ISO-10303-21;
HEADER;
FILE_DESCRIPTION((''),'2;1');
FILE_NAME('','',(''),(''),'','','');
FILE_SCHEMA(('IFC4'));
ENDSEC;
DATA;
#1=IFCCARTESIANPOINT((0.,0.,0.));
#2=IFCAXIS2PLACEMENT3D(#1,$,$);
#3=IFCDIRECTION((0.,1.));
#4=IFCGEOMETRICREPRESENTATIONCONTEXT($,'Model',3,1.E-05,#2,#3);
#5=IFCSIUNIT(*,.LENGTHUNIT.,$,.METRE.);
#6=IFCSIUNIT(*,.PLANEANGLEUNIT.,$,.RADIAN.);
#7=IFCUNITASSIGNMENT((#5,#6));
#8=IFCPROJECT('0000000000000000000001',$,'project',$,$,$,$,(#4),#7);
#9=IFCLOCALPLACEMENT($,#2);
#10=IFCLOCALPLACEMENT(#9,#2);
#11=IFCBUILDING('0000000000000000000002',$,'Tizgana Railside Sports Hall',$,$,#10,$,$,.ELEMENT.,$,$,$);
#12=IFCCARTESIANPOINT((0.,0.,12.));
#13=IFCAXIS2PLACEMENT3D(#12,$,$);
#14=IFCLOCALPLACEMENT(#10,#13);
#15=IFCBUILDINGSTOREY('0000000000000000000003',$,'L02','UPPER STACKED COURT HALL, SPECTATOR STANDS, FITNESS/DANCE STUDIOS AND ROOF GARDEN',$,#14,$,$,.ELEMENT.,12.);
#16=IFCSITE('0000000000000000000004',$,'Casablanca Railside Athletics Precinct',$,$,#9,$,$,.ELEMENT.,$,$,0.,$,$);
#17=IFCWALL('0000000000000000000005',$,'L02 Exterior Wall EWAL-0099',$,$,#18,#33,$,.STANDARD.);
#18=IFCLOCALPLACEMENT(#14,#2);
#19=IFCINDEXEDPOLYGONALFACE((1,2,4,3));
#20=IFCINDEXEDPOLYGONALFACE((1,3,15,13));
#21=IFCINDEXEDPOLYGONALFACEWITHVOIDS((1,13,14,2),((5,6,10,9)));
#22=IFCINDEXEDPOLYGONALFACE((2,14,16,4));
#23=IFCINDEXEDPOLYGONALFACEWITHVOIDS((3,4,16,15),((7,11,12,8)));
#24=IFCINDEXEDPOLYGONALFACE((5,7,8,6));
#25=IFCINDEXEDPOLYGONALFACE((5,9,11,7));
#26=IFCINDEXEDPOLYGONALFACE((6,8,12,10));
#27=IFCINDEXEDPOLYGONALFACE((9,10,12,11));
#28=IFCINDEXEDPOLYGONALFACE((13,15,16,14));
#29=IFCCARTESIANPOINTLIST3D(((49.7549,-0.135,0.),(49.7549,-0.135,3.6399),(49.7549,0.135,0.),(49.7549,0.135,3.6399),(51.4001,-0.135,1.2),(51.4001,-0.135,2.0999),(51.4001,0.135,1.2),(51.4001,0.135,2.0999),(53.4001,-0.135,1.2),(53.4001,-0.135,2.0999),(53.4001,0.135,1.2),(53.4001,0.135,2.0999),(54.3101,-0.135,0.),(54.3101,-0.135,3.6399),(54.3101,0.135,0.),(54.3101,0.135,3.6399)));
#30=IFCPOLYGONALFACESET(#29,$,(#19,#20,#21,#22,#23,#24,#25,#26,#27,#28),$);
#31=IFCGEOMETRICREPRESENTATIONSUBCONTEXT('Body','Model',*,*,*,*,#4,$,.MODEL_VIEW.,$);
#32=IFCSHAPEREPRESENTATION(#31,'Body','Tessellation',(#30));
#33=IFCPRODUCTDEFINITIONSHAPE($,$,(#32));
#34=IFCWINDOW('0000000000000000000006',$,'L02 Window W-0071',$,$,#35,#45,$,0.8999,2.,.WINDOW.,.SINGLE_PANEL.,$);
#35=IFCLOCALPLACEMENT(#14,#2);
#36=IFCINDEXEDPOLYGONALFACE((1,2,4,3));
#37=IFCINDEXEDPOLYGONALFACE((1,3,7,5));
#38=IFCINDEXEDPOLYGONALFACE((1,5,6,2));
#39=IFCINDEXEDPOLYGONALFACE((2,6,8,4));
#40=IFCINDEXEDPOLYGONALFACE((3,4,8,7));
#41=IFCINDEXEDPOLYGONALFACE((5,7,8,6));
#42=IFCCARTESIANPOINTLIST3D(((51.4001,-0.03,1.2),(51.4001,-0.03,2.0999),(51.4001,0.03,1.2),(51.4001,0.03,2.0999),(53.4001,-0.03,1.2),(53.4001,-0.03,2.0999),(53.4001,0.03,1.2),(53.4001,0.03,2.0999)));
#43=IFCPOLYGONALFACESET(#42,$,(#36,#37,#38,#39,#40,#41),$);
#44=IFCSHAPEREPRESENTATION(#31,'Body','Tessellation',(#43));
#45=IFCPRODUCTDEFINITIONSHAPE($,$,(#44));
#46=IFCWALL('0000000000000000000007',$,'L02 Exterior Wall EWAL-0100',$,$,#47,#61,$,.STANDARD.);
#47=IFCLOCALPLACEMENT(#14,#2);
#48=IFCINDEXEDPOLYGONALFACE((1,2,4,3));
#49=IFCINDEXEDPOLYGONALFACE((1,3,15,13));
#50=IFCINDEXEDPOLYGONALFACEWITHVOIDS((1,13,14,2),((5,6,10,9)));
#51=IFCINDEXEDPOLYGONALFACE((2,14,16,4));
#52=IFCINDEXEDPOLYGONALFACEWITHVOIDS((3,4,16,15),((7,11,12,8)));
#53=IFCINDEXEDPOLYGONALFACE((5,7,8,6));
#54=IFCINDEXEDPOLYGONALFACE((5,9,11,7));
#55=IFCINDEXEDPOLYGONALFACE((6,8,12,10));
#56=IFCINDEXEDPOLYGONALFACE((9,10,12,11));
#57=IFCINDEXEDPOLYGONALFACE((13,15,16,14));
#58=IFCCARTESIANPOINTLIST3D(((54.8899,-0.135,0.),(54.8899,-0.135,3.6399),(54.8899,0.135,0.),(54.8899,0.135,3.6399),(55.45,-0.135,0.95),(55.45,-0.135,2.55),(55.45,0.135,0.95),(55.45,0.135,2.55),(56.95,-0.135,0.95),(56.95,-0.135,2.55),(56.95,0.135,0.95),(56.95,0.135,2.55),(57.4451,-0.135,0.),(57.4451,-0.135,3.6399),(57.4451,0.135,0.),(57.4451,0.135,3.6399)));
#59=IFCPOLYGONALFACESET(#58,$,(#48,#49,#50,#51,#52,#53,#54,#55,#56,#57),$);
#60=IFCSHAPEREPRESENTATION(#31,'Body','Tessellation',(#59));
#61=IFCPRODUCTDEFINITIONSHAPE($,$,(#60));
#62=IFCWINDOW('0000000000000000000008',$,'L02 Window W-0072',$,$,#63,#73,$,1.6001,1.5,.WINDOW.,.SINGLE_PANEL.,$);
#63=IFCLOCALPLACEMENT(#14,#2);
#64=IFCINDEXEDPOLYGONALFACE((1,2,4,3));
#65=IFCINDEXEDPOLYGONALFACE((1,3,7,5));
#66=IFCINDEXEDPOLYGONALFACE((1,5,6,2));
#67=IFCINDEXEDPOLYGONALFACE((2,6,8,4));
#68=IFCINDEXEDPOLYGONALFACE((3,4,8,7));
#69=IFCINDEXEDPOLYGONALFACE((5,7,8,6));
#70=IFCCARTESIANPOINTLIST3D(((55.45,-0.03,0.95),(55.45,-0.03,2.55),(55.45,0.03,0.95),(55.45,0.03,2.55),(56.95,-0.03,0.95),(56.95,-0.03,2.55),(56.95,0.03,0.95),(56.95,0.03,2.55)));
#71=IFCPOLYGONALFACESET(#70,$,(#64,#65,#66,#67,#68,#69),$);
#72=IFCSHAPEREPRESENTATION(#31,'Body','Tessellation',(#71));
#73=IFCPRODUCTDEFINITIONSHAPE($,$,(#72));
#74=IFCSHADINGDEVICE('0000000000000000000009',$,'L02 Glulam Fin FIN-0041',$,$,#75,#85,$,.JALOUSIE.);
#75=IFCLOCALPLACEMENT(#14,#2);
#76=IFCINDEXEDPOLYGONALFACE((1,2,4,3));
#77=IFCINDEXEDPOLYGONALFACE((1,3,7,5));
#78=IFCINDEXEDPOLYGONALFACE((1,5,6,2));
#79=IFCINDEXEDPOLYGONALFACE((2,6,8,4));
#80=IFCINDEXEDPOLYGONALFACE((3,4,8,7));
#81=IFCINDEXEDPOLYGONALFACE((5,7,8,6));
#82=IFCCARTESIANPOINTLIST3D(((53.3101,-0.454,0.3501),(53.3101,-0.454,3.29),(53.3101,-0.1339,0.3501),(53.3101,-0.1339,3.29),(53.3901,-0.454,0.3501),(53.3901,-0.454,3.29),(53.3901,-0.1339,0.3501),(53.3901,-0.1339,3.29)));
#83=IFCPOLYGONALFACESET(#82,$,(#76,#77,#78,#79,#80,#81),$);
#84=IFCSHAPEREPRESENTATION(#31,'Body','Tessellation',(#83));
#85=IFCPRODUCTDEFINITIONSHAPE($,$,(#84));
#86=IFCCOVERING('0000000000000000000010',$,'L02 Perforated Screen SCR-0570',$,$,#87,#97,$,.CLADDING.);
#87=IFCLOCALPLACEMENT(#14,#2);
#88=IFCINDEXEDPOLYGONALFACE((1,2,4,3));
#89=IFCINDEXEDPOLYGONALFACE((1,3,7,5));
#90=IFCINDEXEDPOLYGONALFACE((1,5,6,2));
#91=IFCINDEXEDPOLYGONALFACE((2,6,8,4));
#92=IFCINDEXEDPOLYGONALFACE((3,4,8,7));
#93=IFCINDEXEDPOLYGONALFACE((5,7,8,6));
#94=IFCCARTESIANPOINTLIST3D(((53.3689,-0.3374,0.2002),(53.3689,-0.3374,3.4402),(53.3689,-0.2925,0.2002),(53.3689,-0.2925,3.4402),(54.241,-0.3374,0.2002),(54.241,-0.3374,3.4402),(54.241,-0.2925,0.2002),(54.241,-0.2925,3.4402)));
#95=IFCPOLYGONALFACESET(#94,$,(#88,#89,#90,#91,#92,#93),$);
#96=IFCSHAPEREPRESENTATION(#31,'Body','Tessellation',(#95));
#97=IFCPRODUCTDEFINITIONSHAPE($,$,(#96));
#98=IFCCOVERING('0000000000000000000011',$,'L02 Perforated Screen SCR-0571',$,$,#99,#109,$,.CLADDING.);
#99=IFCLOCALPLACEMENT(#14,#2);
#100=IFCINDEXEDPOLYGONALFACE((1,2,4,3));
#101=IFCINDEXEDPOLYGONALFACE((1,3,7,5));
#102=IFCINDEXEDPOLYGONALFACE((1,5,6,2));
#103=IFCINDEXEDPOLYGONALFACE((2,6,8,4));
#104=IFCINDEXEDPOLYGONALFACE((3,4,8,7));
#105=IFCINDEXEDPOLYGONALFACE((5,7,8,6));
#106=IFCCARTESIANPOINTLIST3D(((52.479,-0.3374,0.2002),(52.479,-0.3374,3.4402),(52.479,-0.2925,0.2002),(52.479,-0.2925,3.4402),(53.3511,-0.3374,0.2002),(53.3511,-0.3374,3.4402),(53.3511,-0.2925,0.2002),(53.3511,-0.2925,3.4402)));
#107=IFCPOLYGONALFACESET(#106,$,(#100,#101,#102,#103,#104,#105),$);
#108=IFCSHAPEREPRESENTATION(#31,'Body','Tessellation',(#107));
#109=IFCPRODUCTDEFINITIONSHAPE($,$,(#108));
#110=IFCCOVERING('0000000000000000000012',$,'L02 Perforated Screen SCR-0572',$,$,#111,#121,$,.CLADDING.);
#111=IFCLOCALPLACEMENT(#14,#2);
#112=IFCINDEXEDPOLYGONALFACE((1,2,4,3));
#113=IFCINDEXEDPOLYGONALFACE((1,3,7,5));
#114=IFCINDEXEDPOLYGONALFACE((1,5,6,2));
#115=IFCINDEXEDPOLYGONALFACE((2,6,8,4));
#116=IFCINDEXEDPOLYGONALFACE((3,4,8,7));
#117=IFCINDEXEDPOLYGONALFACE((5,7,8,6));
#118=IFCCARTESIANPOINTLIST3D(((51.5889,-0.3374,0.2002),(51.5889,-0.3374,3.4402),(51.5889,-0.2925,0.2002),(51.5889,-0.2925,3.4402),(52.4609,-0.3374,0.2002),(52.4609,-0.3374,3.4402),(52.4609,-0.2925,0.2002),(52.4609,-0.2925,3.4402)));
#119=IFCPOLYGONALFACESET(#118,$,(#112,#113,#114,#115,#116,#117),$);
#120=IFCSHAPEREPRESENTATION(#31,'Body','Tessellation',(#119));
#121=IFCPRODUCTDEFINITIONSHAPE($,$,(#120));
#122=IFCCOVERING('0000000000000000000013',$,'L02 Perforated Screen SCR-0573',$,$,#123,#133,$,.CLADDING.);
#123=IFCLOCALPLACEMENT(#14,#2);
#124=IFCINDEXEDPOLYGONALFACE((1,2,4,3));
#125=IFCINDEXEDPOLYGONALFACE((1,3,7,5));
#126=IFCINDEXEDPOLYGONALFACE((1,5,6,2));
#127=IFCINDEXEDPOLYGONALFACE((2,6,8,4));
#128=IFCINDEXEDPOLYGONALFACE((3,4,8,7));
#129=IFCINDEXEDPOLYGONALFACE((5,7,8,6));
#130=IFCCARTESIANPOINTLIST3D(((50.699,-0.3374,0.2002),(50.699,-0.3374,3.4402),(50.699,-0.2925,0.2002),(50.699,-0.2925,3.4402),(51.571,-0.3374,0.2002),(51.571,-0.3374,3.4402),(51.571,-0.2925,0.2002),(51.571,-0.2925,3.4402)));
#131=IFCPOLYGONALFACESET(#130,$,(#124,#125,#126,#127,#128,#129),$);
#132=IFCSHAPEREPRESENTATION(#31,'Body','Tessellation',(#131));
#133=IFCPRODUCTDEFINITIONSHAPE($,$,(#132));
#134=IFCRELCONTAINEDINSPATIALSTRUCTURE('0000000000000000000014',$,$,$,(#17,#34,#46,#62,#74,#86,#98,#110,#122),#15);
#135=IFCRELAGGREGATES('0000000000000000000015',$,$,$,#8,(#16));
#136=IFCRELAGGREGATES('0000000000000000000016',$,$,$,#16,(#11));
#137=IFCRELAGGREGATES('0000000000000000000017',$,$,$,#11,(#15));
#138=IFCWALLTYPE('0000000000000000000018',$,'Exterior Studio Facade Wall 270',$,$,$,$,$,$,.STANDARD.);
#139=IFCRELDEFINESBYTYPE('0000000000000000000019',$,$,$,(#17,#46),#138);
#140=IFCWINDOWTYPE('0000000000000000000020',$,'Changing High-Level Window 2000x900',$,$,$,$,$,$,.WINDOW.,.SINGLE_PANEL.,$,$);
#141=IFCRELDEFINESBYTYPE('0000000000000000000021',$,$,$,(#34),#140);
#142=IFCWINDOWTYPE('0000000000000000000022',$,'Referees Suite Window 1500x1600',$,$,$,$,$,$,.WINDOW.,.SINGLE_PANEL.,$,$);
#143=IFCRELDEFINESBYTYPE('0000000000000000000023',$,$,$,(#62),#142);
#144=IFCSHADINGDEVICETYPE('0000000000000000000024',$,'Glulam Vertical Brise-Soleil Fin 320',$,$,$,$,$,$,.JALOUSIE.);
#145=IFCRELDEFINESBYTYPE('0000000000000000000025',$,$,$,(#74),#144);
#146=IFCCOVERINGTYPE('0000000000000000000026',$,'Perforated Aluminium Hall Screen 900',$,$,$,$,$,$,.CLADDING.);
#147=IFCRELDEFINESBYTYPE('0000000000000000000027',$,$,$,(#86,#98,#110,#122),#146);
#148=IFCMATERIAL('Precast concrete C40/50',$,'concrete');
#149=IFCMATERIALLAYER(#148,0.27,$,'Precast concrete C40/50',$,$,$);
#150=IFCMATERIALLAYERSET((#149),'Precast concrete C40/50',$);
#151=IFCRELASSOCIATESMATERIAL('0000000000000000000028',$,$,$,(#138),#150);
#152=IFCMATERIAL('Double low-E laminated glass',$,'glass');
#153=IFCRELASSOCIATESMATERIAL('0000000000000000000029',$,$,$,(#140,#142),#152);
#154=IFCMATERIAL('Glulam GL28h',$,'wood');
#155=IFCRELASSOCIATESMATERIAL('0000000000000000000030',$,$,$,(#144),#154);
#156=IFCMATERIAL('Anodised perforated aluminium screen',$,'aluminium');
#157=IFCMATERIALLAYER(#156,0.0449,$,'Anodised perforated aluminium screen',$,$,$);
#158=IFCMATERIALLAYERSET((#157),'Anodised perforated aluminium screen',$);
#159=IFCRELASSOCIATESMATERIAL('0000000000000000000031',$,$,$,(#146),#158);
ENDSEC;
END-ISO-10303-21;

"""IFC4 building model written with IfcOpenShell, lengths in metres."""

from ifc_helpers import new_model, si_unit, direction, frame, frame_2d, origin, origin_2d, place, context, subcontext, project, spatial, rectangle, extrude, material, layer, layer_set, type_object, element, fill, save


model = new_model("IFC4")

# Units and contexts
model_context = context("Model", 3, precision=1e-05, world=origin(), true_north=direction((0.0, 1.0)))
body_context = subcontext(model_context, "Body", "Model", "MODEL_VIEW")
ifc_project = project(units=[si_unit("LENGTHUNIT", "METRE"), si_unit("PLANEANGLEUNIT", "RADIAN")], contexts=[model_context])

# Site, building, storey
site_placement = place(None, origin())
site = spatial("IfcSite", under=ifc_project, at=site_placement, Name="Casablanca Railside Athletics Precinct", CompositionType="ELEMENT", RefElevation=0.0)
building_placement = place(site_placement, origin())
building = spatial("IfcBuilding", under=site, at=building_placement, Name="Tizgana Railside Sports Hall", CompositionType="ELEMENT")
storey_placement = place(building_placement, frame((0.0, 0.0, 12.0)))
storey = spatial("IfcBuildingStorey", under=building, at=storey_placement, Name="L02", Description="UPPER STACKED COURT HALL, SPECTATOR STANDS, FITNESS/DANCE STUDIOS AND ROOF GARDEN", CompositionType="ELEMENT", Elevation=12.0)

# Walls, openings, windows
ifc_material_1 = material(Name="Precast concrete C40/50", Category="concrete")
ifc_layer_1 = layer(ifc_material_1, 0.27, Name="Precast concrete C40/50")
ifc_layer_set_1 = layer_set([ifc_layer_1], Name="Precast concrete C40/50")
wall_type_1 = type_object("IfcWallType", Name="Exterior Studio Facade Wall 270", PredefinedType="STANDARD", material=ifc_layer_set_1)
wall_1_placement = place(storey_placement, frame((54.3101, 0.0, 0.0), z_axis=(0.0, 0.0, 1.0), x_axis=(-1.0, 0.0, 0.0)))
wall_1 = element("IfcWall", 1, at=wall_1_placement, inside=storey, type_object=wall_type_1, Name="L02 Exterior Wall EWAL-0099", PredefinedType="STANDARD", context=body_context, shape_type="SweptSolid", body=[
    extrude(rectangle(XDim=4.5552, YDim=0.27, at=frame_2d((2.2776, 0.0))), origin(), (0.0, 0.0, 1.0), 3.6399),
])
opening_1_placement = place(wall_1_placement, frame((0.9099, 0.0, 1.2)))
opening_1 = element("IfcOpeningElement", 2, at=opening_1_placement, cuts=wall_1, PredefinedType="OPENING", context=body_context, shape_type="SweptSolid", body=[
    extrude(rectangle(XDim=2.0, YDim=0.8999, at=frame_2d((1.0, 0.45))), frame((0.0, 0.145, 0.0), z_axis=(0.0, -1.0, 0.0), x_axis=(1.0, 0.0, 0.0)), (0.0, 0.0, 1.0), 0.29),
])
ifc_material_2 = material(Name="Double low-E laminated glass", Category="glass")
window_type_1 = type_object("IfcWindowType", Name="Changing High-Level Window 2000x900", PartitioningType="SINGLE_PANEL", PredefinedType="WINDOW", material=ifc_material_2)
window_1_placement = place(opening_1_placement, origin())
window_1 = element("IfcWindow", 3, at=window_1_placement, inside=storey, type_object=window_type_1, Name="L02 Window W-0071", OverallHeight=0.8999, OverallWidth=2.0, PartitioningType="SINGLE_PANEL", PredefinedType="WINDOW", context=body_context, shape_type="SweptSolid", body=[
    extrude(rectangle(XDim=2.0, YDim=0.8999, at=frame_2d((1.0, 0.45))), frame((0.0, 0.03, 0.0), z_axis=(0.0, -1.0, 0.0), x_axis=(1.0, 0.0, 0.0)), (0.0, 0.0, 1.0), 0.0601),
])
fill(opening_1, window_1)
wall_2_placement = place(storey_placement, frame((57.4451, 0.0, 0.0), z_axis=(0.0, 0.0, 1.0), x_axis=(-1.0, 0.0, 0.0)))
wall_2 = element("IfcWall", 4, at=wall_2_placement, inside=storey, type_object=wall_type_1, Name="L02 Exterior Wall EWAL-0100", PredefinedType="STANDARD", context=body_context, shape_type="SweptSolid", body=[
    extrude(rectangle(XDim=2.5552, YDim=0.27, at=frame_2d((1.2776, 0.0))), origin(), (0.0, 0.0, 1.0), 3.6399),
])
opening_2_placement = place(wall_2_placement, frame((0.4951, 0.0, 0.95)))
opening_2 = element("IfcOpeningElement", 5, at=opening_2_placement, cuts=wall_2, PredefinedType="OPENING", context=body_context, shape_type="SweptSolid", body=[
    extrude(rectangle(XDim=1.5, YDim=1.6001, at=frame_2d((0.75, 0.8))), frame((0.0, 0.145, 0.0), z_axis=(0.0, -1.0, 0.0), x_axis=(1.0, 0.0, 0.0)), (0.0, 0.0, 1.0), 0.29),
])
window_type_2 = type_object("IfcWindowType", Name="Referees Suite Window 1500x1600", PartitioningType="SINGLE_PANEL", PredefinedType="WINDOW", material=ifc_material_2)
window_2_placement = place(opening_2_placement, origin())
window_2 = element("IfcWindow", 6, at=window_2_placement, inside=storey, type_object=window_type_2, Name="L02 Window W-0072", OverallHeight=1.6001, OverallWidth=1.5, PartitioningType="SINGLE_PANEL", PredefinedType="WINDOW", context=body_context, shape_type="SweptSolid", body=[
    extrude(rectangle(XDim=1.5, YDim=1.6001, at=frame_2d((0.75, 0.8))), frame((0.0, 0.03, 0.0), z_axis=(0.0, -1.0, 0.0), x_axis=(1.0, 0.0, 0.0)), (0.0, 0.0, 1.0), 0.0601),
])
fill(opening_2, window_2)

# Shading device
ifc_material_3 = material(Name="Glulam GL28h", Category="wood")
shading_device_type = type_object("IfcShadingDeviceType", Name="Glulam Vertical Brise-Soleil Fin 320", PredefinedType="JALOUSIE", material=ifc_material_3)
shading_device_placement = place(storey_placement, frame((53.3501, -0.2939, 0.3501), z_axis=(0.0, 0.0, 1.0), x_axis=(-1.0, 0.0, 0.0)))
element("IfcShadingDevice", 7, at=shading_device_placement, inside=storey, type_object=shading_device_type, Name="L02 Glulam Fin FIN-0041", PredefinedType="JALOUSIE", context=body_context, shape_type="SweptSolid", body=[
    extrude(rectangle(XDim=0.0801, YDim=0.3201, at=origin_2d()), origin(), (0.0, 0.0, 1.0), 2.9399),
])

# Coverings
ifc_material_4 = material(Name="Anodised perforated aluminium screen", Category="aluminium")
ifc_layer_2 = layer(ifc_material_4, 0.0449, Name="Anodised perforated aluminium screen")
ifc_layer_set_2 = layer_set([ifc_layer_2], Name="Anodised perforated aluminium screen")
covering_type = type_object("IfcCoveringType", Name="Perforated Aluminium Hall Screen 900", PredefinedType="CLADDING", material=ifc_layer_set_2)
for number, where, z_axis, x_axis, name in (
    (8, (53.8049, -0.3149, 0.2002), (0.0, 0.0, 1.0), (-1.0, 0.0, 0.0), "L02 Perforated Screen SCR-0570"),
    (9, (52.915, -0.3149, 0.2002), (0.0, 0.0, 1.0), (-1.0, 0.0, 0.0), "L02 Perforated Screen SCR-0571"),
    (10, (52.0249, -0.3149, 0.2002), (0.0, 0.0, 1.0), (-1.0, 0.0, 0.0), "L02 Perforated Screen SCR-0572"),
    (11, (51.135, -0.3149, 0.2002), (0.0, 0.0, 1.0), (-1.0, 0.0, 0.0), "L02 Perforated Screen SCR-0573"),
):
    element("IfcCovering", number, at=place(storey_placement, frame(where, z_axis=z_axis, x_axis=x_axis)), inside=storey, type_object=covering_type, Name=name, PredefinedType="CLADDING", context=body_context, shape_type="SweptSolid", body=[
        extrude(rectangle(XDim=0.8721, YDim=0.0449, at=origin_2d()), origin(), (0.0, 0.0, 1.0), 3.24),
    ])

save(model, "model.ifc")
